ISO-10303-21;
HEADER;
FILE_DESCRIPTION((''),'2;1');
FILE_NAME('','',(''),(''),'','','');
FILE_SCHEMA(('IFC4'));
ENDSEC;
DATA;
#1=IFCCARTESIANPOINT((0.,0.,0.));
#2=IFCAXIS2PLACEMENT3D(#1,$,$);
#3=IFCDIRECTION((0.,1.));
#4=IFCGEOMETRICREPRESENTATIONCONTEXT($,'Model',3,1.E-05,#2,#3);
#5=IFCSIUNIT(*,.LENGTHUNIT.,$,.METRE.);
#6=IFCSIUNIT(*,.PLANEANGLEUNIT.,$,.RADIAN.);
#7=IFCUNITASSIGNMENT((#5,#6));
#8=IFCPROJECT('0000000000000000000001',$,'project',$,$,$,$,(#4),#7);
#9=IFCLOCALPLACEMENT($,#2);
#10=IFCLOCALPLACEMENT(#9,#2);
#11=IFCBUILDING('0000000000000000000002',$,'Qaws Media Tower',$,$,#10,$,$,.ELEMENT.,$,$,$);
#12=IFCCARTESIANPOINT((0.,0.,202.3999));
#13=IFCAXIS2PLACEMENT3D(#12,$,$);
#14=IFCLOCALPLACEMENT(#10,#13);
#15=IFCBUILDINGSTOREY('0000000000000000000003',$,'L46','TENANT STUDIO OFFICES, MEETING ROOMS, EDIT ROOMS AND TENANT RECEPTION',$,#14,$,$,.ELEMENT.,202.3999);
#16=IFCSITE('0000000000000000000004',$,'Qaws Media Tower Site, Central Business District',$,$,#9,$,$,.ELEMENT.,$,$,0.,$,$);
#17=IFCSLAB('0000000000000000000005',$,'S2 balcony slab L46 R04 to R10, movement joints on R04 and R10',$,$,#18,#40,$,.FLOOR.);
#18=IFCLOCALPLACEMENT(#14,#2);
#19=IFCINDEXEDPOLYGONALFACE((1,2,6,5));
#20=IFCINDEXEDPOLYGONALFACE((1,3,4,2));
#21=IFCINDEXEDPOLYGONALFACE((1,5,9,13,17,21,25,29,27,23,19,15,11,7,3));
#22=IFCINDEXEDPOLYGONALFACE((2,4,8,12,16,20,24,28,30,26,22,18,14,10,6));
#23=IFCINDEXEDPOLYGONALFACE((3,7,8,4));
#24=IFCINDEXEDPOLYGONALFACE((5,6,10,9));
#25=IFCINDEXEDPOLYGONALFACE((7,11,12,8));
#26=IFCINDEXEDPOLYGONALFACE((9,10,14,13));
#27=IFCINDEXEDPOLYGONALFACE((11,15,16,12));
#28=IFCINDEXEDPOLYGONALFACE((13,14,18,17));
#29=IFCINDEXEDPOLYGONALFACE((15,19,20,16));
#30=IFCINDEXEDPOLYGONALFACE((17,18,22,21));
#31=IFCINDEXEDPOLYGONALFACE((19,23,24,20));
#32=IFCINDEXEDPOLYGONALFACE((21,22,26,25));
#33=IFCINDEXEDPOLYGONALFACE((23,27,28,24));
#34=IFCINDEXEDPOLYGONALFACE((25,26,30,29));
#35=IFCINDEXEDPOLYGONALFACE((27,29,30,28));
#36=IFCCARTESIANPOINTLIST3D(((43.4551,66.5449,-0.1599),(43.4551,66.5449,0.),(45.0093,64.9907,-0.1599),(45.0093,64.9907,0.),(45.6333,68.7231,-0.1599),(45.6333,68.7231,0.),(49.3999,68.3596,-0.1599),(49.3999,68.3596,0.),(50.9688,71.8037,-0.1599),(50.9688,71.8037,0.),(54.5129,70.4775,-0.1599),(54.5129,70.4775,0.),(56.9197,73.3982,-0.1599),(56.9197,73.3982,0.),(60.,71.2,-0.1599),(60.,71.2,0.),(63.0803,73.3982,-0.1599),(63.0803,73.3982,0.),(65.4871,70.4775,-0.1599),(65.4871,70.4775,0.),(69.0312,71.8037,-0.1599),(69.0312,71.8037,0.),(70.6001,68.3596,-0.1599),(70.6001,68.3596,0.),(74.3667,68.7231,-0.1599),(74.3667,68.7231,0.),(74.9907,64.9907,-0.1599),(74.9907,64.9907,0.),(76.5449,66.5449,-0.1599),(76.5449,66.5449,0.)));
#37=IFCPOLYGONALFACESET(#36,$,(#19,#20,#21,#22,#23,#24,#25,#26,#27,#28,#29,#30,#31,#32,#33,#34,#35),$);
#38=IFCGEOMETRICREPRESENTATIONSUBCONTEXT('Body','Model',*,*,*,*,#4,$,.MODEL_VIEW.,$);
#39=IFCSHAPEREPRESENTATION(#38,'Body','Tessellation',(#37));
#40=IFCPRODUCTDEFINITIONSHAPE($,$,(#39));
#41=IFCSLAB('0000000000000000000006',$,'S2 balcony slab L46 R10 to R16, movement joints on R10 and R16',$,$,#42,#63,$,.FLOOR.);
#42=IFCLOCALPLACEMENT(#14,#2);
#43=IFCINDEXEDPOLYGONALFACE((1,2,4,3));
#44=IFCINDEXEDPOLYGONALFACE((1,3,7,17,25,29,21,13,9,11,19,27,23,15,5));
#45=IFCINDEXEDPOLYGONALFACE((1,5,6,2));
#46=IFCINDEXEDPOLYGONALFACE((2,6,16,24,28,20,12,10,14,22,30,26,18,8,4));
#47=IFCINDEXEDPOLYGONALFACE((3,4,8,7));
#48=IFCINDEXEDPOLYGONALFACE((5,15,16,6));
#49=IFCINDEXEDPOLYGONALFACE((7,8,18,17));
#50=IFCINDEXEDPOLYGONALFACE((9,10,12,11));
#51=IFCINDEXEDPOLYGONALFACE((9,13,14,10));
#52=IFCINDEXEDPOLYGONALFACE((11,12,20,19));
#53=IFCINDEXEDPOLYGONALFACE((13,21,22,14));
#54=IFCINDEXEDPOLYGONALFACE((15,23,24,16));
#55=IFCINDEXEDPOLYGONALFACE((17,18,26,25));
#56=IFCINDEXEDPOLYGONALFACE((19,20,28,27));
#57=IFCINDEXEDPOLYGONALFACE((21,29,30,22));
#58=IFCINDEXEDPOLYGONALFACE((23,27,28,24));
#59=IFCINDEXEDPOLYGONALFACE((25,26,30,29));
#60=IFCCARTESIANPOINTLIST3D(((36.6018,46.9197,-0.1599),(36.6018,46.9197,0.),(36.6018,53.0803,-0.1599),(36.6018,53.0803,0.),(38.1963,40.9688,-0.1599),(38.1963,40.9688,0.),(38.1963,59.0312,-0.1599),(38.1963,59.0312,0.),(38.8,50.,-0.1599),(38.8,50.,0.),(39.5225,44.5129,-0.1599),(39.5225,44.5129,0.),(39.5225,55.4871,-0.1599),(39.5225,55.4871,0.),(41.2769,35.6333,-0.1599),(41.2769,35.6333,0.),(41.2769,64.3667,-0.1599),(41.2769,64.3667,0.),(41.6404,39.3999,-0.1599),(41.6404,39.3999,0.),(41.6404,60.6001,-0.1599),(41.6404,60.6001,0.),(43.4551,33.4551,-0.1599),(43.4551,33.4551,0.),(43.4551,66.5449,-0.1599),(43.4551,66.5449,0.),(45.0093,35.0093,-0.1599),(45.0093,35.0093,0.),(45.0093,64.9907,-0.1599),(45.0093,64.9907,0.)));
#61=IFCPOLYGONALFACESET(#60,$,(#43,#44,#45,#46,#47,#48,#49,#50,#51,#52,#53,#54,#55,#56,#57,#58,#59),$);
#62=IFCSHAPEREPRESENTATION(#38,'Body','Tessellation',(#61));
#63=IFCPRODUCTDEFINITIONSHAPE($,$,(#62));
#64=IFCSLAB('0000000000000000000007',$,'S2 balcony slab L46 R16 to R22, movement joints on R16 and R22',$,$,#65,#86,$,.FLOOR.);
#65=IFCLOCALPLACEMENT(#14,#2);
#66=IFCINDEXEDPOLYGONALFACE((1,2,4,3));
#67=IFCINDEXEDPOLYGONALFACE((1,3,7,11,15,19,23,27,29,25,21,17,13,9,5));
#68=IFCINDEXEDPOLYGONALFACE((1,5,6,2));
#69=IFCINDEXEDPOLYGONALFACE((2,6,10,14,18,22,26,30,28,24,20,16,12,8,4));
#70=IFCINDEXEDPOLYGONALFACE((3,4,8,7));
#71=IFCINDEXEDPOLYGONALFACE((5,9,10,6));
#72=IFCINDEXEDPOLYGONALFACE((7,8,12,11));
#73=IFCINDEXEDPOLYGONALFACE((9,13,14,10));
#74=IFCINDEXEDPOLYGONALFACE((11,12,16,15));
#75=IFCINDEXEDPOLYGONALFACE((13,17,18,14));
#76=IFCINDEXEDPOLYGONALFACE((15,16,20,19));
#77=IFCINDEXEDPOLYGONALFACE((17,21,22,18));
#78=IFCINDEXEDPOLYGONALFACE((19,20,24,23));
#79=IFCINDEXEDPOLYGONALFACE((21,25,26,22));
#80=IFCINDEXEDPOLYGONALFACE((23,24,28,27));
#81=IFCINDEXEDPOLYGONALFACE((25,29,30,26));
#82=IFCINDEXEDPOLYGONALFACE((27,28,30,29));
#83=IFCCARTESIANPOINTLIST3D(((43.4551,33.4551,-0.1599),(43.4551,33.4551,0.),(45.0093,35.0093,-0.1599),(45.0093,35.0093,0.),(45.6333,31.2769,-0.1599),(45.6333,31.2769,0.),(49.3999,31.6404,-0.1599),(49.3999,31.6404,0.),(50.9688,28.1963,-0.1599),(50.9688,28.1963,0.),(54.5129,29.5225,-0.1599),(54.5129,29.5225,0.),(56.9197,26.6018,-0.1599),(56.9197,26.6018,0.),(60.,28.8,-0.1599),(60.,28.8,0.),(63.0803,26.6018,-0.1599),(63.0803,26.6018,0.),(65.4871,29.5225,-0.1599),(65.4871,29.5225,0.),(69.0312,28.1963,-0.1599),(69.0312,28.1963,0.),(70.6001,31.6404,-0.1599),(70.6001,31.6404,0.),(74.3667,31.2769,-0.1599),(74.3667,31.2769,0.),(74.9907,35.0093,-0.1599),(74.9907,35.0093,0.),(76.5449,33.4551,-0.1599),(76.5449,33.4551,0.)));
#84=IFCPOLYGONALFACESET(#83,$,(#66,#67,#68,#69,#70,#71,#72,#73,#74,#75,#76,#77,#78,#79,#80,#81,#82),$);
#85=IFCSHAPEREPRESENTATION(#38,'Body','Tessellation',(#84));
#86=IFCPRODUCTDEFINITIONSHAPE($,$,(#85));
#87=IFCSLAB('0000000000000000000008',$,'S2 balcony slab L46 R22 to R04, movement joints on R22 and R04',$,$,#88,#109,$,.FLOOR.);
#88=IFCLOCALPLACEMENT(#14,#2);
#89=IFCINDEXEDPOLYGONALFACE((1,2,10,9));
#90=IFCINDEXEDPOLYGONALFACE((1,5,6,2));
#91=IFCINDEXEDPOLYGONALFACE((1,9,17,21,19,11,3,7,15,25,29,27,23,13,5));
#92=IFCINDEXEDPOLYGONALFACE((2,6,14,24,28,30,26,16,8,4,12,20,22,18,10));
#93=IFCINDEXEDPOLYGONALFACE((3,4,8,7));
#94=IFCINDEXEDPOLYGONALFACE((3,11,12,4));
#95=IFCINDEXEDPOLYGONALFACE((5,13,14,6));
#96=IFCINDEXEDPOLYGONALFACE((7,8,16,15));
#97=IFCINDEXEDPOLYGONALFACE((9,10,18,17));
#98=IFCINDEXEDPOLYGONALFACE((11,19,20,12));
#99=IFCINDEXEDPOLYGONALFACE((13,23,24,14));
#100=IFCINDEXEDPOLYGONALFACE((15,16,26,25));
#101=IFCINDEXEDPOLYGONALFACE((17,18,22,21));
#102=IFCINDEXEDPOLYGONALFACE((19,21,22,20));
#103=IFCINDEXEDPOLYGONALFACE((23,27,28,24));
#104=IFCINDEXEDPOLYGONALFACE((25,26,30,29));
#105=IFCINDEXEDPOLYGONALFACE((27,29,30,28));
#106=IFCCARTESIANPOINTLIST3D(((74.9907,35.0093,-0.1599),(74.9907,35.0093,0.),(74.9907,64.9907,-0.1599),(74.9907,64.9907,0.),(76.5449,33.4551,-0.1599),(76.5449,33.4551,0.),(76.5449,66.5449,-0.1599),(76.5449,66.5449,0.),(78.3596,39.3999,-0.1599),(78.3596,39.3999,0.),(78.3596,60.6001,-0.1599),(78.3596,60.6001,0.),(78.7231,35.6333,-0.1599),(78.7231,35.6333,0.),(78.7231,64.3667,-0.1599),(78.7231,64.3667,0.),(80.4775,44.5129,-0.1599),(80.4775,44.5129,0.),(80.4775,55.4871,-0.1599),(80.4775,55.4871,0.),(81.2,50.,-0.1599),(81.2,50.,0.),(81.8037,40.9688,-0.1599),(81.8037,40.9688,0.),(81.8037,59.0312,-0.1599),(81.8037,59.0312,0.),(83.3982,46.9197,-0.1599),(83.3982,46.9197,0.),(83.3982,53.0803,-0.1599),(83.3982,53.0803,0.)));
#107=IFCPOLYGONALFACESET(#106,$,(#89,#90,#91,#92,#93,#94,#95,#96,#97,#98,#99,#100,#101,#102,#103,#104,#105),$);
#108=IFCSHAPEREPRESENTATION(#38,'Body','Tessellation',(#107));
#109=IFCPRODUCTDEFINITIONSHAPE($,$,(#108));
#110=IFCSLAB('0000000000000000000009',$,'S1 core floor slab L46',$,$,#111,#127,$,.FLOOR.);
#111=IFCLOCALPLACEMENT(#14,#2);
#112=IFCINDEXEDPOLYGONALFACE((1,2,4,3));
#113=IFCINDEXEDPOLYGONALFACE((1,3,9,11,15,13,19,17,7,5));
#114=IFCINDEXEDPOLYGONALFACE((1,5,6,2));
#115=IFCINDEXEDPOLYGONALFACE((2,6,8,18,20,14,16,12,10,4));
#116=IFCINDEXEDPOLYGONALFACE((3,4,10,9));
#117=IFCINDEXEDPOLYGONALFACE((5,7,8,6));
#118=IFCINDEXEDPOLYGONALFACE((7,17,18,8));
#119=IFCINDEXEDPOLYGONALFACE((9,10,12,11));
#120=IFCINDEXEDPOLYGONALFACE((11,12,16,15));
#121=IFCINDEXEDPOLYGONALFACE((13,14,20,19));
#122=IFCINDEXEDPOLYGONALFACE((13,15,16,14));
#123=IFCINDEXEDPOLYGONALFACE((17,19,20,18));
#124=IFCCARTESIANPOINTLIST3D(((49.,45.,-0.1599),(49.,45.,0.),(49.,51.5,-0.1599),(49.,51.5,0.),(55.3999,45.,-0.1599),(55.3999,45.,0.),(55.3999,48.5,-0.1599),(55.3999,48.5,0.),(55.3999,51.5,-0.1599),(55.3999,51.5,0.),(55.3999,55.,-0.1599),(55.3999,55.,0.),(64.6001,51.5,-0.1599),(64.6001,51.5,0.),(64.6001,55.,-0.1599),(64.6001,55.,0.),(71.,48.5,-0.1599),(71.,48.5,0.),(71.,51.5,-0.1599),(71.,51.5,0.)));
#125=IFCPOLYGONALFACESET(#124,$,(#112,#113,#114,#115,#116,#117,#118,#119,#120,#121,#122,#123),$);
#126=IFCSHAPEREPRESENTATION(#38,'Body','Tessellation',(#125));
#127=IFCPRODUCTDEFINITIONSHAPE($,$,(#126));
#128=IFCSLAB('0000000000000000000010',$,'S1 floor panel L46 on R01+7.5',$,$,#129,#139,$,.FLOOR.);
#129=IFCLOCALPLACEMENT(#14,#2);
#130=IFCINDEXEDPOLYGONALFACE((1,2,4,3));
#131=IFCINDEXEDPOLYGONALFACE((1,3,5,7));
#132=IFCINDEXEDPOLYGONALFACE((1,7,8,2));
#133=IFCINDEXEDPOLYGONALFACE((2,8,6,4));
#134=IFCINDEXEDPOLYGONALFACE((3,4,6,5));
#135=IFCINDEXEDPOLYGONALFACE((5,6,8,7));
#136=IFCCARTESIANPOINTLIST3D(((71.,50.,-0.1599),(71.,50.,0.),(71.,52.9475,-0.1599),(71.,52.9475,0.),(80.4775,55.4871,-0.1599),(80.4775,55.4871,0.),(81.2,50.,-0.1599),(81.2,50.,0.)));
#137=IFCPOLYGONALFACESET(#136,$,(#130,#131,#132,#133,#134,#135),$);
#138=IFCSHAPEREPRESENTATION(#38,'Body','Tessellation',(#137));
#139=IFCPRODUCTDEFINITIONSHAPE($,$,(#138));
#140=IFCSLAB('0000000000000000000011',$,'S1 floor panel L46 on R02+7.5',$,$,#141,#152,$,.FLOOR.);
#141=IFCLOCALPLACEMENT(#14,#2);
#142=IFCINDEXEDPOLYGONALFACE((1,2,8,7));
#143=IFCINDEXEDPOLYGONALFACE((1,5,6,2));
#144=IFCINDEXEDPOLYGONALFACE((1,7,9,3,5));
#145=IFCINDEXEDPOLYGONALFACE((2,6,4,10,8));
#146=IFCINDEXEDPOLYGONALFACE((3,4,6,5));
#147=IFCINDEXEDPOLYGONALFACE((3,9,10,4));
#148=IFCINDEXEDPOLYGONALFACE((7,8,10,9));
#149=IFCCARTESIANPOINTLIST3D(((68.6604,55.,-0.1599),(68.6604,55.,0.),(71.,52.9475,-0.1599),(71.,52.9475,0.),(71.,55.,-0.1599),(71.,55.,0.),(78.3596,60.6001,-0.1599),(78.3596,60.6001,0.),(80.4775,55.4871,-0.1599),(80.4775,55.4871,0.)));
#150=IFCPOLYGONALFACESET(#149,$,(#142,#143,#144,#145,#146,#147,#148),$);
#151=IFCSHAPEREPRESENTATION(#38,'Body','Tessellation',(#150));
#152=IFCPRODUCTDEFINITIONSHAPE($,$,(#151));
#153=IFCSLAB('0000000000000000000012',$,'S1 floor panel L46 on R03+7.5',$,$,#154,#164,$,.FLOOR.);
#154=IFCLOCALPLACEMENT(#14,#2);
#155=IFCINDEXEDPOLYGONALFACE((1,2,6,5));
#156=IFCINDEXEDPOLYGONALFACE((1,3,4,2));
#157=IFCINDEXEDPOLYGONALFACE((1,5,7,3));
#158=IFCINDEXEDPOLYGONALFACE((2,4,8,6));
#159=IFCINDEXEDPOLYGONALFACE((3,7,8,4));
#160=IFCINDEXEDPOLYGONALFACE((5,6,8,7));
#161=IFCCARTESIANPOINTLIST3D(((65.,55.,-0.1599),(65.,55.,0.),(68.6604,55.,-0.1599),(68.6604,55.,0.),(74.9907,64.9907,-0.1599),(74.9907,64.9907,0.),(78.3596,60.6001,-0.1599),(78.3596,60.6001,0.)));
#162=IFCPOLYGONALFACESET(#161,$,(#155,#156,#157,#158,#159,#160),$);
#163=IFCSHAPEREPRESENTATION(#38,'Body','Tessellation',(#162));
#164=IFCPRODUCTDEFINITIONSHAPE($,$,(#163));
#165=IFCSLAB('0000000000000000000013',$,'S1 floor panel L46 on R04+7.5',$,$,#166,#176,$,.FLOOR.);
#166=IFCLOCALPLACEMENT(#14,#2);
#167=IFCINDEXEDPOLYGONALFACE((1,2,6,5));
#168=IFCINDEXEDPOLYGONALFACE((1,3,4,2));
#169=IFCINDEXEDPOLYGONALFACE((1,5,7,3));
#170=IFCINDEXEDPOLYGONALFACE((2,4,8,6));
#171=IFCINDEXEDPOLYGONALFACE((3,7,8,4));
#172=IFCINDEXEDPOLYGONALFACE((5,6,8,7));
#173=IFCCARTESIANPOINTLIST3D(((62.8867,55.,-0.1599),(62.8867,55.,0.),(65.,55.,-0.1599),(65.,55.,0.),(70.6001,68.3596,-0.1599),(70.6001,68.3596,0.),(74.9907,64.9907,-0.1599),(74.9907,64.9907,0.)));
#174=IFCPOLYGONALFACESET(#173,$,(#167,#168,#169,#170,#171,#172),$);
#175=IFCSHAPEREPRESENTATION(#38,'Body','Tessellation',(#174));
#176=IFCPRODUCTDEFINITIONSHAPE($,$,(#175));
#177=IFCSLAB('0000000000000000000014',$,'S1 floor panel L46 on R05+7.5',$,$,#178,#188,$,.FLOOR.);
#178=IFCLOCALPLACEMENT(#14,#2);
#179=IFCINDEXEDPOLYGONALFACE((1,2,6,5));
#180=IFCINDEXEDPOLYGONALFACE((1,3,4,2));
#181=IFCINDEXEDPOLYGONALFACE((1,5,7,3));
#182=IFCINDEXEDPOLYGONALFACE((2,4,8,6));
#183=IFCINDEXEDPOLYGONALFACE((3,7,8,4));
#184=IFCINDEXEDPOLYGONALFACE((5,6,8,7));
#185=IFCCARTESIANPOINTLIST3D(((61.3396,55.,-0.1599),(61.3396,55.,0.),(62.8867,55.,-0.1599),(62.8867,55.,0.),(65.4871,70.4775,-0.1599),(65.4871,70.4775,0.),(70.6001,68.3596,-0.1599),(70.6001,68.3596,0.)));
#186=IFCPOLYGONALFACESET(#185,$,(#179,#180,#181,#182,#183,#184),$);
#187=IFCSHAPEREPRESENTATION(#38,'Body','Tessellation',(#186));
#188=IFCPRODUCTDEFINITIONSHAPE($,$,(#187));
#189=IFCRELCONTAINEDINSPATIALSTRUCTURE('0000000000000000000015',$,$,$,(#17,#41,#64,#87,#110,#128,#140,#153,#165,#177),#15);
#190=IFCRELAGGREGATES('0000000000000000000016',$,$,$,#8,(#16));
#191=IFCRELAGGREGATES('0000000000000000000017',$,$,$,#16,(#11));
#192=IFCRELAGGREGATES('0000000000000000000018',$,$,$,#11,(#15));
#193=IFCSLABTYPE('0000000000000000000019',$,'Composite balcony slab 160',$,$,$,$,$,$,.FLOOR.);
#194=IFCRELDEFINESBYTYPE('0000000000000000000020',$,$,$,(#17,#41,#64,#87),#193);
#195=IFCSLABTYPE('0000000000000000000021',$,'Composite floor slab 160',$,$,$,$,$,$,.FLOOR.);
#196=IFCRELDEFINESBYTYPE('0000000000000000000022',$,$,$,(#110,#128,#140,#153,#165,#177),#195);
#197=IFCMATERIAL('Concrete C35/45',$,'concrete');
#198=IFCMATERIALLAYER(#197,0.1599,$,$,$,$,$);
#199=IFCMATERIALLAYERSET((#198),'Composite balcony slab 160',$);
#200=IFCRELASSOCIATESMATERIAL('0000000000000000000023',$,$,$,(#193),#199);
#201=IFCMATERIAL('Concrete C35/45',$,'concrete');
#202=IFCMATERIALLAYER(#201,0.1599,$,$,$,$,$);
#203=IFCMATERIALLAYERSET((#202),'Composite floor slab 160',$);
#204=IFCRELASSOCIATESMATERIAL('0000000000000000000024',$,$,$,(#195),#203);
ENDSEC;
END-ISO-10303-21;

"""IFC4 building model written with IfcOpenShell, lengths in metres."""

from ifc_helpers import new_model, si_unit, direction, frame, origin, place, context, subcontext, project, spatial, polyline, outline, extrude, material, layer, layer_set, type_object, element, save


model = new_model("IFC4")

# Units and contexts
model_context = context("Model", 3, precision=1e-05, world=origin(), true_north=direction((0.0, 1.0)))
body_context = subcontext(model_context, "Body", "Model", "MODEL_VIEW")
ifc_project = project(units=[si_unit("LENGTHUNIT", "METRE"), si_unit("PLANEANGLEUNIT", "RADIAN")], contexts=[model_context])

# Site, building, storey
site_placement = place(None, origin())
site = spatial("IfcSite", under=ifc_project, at=site_placement, Name="Qaws Media Tower Site, Central Business District", CompositionType="ELEMENT", RefElevation=0.0)
building_placement = place(site_placement, origin())
building = spatial("IfcBuilding", under=site, at=building_placement, Name="Qaws Media Tower", CompositionType="ELEMENT")
storey_placement = place(building_placement, frame((0.0, 0.0, 202.3999)))
storey = spatial("IfcBuildingStorey", under=building, at=storey_placement, Name="L46", Description="TENANT STUDIO OFFICES, MEETING ROOMS, EDIT ROOMS AND TENANT RECEPTION", CompositionType="ELEMENT", Elevation=202.3999)

# Slabs
ifc_material_1 = material(Name="Concrete C35/45", Category="concrete")
ifc_layer_1 = layer(ifc_material_1, 0.1599)
ifc_layer_set_1 = layer_set([ifc_layer_1], Name="Composite balcony slab 160")
slab_type_1 = type_object("IfcSlabType", Name="Composite balcony slab 160", PredefinedType="FLOOR", material=ifc_layer_set_1)
slab_1_placement = place(storey_placement, frame((0.0, 0.0, -0.1599)))
element("IfcSlab", 1, at=slab_1_placement, inside=storey, type_object=slab_type_1, Name="S2 balcony slab L46 R04 to R10, movement joints on R04 and R10", PredefinedType="FLOOR", context=body_context, shape_type="SweptSolid", body=[
    extrude(outline(polyline([(45.6333, 68.7231), (50.9688, 71.8037), (56.9197, 73.3982), (63.0803, 73.3982), (69.0312, 71.8037), (74.3667, 68.7231), (76.5449, 66.5449), (74.9907, 64.9907), (70.6001, 68.3596), (65.4871, 70.4775), (60.0, 71.2), (54.5129, 70.4775), (49.3999, 68.3596), (45.0093, 64.9907), (43.4551, 66.5449), (45.6333, 68.7231)])), origin(), (0.0, 0.0, 1.0), 0.1599),
])
slab_2_placement = place(storey_placement, frame((0.0, 0.0, -0.1599)))
element("IfcSlab", 2, at=slab_2_placement, inside=storey, type_object=slab_type_1, Name="S2 balcony slab L46 R10 to R16, movement joints on R10 and R16", PredefinedType="FLOOR", context=body_context, shape_type="SweptSolid", body=[
    extrude(outline(polyline([(41.2769, 35.6333), (38.1963, 40.9688), (36.6018, 46.9197), (36.6018, 53.0803), (38.1963, 59.0312), (41.2769, 64.3667), (43.4551, 66.5449), (45.0093, 64.9907), (41.6404, 60.6001), (39.5225, 55.4871), (38.8, 50.0), (39.5225, 44.5129), (41.6404, 39.3999), (45.0093, 35.0093), (43.4551, 33.4551), (41.2769, 35.6333)])), origin(), (0.0, 0.0, 1.0), 0.1599),
])
slab_3_placement = place(storey_placement, frame((0.0, 0.0, -0.1599)))
element("IfcSlab", 3, at=slab_3_placement, inside=storey, type_object=slab_type_1, Name="S2 balcony slab L46 R16 to R22, movement joints on R16 and R22", PredefinedType="FLOOR", context=body_context, shape_type="SweptSolid", body=[
    extrude(outline(polyline([(74.3667, 31.2769), (69.0312, 28.1963), (63.0803, 26.6018), (56.9197, 26.6018), (50.9688, 28.1963), (45.6333, 31.2769), (43.4551, 33.4551), (45.0093, 35.0093), (49.3999, 31.6404), (54.5129, 29.5225), (60.0, 28.8), (65.4871, 29.5225), (70.6001, 31.6404), (74.9907, 35.0093), (76.5449, 33.4551), (74.3667, 31.2769)])), origin(), (0.0, 0.0, 1.0), 0.1599),
])
slab_4_placement = place(storey_placement, frame((0.0, 0.0, -0.1599)))
element("IfcSlab", 4, at=slab_4_placement, inside=storey, type_object=slab_type_1, Name="S2 balcony slab L46 R22 to R04, movement joints on R22 and R04", PredefinedType="FLOOR", context=body_context, shape_type="SweptSolid", body=[
    extrude(outline(polyline([(81.8037, 40.9688), (78.7231, 35.6333), (76.5449, 33.4551), (74.9907, 35.0093), (78.3596, 39.3999), (80.4775, 44.5129), (81.2, 50.0), (80.4775, 55.4871), (78.3596, 60.6001), (74.9907, 64.9907), (76.5449, 66.5449), (78.7231, 64.3667), (81.8037, 59.0312), (83.3982, 53.0803), (83.3982, 46.9197), (81.8037, 40.9688)])), origin(), (0.0, 0.0, 1.0), 0.1599),
])
ifc_material_2 = material(Name="Concrete C35/45", Category="concrete")
ifc_layer_2 = layer(ifc_material_2, 0.1599)
ifc_layer_set_2 = layer_set([ifc_layer_2], Name="Composite floor slab 160")
slab_type_2 = type_object("IfcSlabType", Name="Composite floor slab 160", PredefinedType="FLOOR", material=ifc_layer_set_2)
slab_5_placement = place(storey_placement, frame((0.0, 0.0, -0.1599)))
element("IfcSlab", 5, at=slab_5_placement, inside=storey, type_object=slab_type_2, Name="S1 core floor slab L46", PredefinedType="FLOOR", context=body_context, shape_type="SweptSolid", body=[
    extrude(outline(polyline([(71.0, 51.5), (71.0, 48.5), (55.3999, 48.5), (55.3999, 45.0), (49.0, 45.0), (49.0, 51.5), (55.3999, 51.5), (55.3999, 55.0), (64.6001, 55.0), (64.6001, 51.5), (71.0, 51.5)])), origin(), (0.0, 0.0, 1.0), 0.1599),
])
slab_6_placement = place(storey_placement, frame((0.0, 0.0, -0.1599)))
element("IfcSlab", 6, at=slab_6_placement, inside=storey, type_object=slab_type_2, Name="S1 floor panel L46 on R01+7.5", PredefinedType="FLOOR", context=body_context, shape_type="SweptSolid", body=[
    extrude(outline(polyline([(81.2, 50.0), (71.0, 50.0), (71.0, 52.9475), (80.4775, 55.4871), (81.2, 50.0)])), origin(), (0.0, 0.0, 1.0), 0.1599),
])
slab_7_placement = place(storey_placement, frame((0.0, 0.0, -0.1599)))
element("IfcSlab", 7, at=slab_7_placement, inside=storey, type_object=slab_type_2, Name="S1 floor panel L46 on R02+7.5", PredefinedType="FLOOR", context=body_context, shape_type="SweptSolid", body=[
    extrude(outline(polyline([(78.3596, 60.6001), (80.4775, 55.4871), (71.0, 52.9475), (71.0, 55.0), (68.6604, 55.0), (78.3596, 60.6001)])), origin(), (0.0, 0.0, 1.0), 0.1599),
])
slab_8_placement = place(storey_placement, frame((0.0, 0.0, -0.1599)))
element("IfcSlab", 8, at=slab_8_placement, inside=storey, type_object=slab_type_2, Name="S1 floor panel L46 on R03+7.5", PredefinedType="FLOOR", context=body_context, shape_type="SweptSolid", body=[
    extrude(outline(polyline([(78.3596, 60.6001), (68.6604, 55.0), (65.0, 55.0), (74.9907, 64.9907), (78.3596, 60.6001)])), origin(), (0.0, 0.0, 1.0), 0.1599),
])
slab_9_placement = place(storey_placement, frame((0.0, 0.0, -0.1599)))
element("IfcSlab", 9, at=slab_9_placement, inside=storey, type_object=slab_type_2, Name="S1 floor panel L46 on R04+7.5", PredefinedType="FLOOR", context=body_context, shape_type="SweptSolid", body=[
    extrude(outline(polyline([(74.9907, 64.9907), (65.0, 55.0), (62.8867, 55.0), (70.6001, 68.3596), (74.9907, 64.9907)])), origin(), (0.0, 0.0, 1.0), 0.1599),
])
slab_10_placement = place(storey_placement, frame((0.0, 0.0, -0.1599)))
element("IfcSlab", 10, at=slab_10_placement, inside=storey, type_object=slab_type_2, Name="S1 floor panel L46 on R05+7.5", PredefinedType="FLOOR", context=body_context, shape_type="SweptSolid", body=[
    extrude(outline(polyline([(65.4871, 70.4775), (70.6001, 68.3596), (62.8867, 55.0), (61.3396, 55.0), (65.4871, 70.4775)])), origin(), (0.0, 0.0, 1.0), 0.1599),
])

save(model, "model.ifc")
